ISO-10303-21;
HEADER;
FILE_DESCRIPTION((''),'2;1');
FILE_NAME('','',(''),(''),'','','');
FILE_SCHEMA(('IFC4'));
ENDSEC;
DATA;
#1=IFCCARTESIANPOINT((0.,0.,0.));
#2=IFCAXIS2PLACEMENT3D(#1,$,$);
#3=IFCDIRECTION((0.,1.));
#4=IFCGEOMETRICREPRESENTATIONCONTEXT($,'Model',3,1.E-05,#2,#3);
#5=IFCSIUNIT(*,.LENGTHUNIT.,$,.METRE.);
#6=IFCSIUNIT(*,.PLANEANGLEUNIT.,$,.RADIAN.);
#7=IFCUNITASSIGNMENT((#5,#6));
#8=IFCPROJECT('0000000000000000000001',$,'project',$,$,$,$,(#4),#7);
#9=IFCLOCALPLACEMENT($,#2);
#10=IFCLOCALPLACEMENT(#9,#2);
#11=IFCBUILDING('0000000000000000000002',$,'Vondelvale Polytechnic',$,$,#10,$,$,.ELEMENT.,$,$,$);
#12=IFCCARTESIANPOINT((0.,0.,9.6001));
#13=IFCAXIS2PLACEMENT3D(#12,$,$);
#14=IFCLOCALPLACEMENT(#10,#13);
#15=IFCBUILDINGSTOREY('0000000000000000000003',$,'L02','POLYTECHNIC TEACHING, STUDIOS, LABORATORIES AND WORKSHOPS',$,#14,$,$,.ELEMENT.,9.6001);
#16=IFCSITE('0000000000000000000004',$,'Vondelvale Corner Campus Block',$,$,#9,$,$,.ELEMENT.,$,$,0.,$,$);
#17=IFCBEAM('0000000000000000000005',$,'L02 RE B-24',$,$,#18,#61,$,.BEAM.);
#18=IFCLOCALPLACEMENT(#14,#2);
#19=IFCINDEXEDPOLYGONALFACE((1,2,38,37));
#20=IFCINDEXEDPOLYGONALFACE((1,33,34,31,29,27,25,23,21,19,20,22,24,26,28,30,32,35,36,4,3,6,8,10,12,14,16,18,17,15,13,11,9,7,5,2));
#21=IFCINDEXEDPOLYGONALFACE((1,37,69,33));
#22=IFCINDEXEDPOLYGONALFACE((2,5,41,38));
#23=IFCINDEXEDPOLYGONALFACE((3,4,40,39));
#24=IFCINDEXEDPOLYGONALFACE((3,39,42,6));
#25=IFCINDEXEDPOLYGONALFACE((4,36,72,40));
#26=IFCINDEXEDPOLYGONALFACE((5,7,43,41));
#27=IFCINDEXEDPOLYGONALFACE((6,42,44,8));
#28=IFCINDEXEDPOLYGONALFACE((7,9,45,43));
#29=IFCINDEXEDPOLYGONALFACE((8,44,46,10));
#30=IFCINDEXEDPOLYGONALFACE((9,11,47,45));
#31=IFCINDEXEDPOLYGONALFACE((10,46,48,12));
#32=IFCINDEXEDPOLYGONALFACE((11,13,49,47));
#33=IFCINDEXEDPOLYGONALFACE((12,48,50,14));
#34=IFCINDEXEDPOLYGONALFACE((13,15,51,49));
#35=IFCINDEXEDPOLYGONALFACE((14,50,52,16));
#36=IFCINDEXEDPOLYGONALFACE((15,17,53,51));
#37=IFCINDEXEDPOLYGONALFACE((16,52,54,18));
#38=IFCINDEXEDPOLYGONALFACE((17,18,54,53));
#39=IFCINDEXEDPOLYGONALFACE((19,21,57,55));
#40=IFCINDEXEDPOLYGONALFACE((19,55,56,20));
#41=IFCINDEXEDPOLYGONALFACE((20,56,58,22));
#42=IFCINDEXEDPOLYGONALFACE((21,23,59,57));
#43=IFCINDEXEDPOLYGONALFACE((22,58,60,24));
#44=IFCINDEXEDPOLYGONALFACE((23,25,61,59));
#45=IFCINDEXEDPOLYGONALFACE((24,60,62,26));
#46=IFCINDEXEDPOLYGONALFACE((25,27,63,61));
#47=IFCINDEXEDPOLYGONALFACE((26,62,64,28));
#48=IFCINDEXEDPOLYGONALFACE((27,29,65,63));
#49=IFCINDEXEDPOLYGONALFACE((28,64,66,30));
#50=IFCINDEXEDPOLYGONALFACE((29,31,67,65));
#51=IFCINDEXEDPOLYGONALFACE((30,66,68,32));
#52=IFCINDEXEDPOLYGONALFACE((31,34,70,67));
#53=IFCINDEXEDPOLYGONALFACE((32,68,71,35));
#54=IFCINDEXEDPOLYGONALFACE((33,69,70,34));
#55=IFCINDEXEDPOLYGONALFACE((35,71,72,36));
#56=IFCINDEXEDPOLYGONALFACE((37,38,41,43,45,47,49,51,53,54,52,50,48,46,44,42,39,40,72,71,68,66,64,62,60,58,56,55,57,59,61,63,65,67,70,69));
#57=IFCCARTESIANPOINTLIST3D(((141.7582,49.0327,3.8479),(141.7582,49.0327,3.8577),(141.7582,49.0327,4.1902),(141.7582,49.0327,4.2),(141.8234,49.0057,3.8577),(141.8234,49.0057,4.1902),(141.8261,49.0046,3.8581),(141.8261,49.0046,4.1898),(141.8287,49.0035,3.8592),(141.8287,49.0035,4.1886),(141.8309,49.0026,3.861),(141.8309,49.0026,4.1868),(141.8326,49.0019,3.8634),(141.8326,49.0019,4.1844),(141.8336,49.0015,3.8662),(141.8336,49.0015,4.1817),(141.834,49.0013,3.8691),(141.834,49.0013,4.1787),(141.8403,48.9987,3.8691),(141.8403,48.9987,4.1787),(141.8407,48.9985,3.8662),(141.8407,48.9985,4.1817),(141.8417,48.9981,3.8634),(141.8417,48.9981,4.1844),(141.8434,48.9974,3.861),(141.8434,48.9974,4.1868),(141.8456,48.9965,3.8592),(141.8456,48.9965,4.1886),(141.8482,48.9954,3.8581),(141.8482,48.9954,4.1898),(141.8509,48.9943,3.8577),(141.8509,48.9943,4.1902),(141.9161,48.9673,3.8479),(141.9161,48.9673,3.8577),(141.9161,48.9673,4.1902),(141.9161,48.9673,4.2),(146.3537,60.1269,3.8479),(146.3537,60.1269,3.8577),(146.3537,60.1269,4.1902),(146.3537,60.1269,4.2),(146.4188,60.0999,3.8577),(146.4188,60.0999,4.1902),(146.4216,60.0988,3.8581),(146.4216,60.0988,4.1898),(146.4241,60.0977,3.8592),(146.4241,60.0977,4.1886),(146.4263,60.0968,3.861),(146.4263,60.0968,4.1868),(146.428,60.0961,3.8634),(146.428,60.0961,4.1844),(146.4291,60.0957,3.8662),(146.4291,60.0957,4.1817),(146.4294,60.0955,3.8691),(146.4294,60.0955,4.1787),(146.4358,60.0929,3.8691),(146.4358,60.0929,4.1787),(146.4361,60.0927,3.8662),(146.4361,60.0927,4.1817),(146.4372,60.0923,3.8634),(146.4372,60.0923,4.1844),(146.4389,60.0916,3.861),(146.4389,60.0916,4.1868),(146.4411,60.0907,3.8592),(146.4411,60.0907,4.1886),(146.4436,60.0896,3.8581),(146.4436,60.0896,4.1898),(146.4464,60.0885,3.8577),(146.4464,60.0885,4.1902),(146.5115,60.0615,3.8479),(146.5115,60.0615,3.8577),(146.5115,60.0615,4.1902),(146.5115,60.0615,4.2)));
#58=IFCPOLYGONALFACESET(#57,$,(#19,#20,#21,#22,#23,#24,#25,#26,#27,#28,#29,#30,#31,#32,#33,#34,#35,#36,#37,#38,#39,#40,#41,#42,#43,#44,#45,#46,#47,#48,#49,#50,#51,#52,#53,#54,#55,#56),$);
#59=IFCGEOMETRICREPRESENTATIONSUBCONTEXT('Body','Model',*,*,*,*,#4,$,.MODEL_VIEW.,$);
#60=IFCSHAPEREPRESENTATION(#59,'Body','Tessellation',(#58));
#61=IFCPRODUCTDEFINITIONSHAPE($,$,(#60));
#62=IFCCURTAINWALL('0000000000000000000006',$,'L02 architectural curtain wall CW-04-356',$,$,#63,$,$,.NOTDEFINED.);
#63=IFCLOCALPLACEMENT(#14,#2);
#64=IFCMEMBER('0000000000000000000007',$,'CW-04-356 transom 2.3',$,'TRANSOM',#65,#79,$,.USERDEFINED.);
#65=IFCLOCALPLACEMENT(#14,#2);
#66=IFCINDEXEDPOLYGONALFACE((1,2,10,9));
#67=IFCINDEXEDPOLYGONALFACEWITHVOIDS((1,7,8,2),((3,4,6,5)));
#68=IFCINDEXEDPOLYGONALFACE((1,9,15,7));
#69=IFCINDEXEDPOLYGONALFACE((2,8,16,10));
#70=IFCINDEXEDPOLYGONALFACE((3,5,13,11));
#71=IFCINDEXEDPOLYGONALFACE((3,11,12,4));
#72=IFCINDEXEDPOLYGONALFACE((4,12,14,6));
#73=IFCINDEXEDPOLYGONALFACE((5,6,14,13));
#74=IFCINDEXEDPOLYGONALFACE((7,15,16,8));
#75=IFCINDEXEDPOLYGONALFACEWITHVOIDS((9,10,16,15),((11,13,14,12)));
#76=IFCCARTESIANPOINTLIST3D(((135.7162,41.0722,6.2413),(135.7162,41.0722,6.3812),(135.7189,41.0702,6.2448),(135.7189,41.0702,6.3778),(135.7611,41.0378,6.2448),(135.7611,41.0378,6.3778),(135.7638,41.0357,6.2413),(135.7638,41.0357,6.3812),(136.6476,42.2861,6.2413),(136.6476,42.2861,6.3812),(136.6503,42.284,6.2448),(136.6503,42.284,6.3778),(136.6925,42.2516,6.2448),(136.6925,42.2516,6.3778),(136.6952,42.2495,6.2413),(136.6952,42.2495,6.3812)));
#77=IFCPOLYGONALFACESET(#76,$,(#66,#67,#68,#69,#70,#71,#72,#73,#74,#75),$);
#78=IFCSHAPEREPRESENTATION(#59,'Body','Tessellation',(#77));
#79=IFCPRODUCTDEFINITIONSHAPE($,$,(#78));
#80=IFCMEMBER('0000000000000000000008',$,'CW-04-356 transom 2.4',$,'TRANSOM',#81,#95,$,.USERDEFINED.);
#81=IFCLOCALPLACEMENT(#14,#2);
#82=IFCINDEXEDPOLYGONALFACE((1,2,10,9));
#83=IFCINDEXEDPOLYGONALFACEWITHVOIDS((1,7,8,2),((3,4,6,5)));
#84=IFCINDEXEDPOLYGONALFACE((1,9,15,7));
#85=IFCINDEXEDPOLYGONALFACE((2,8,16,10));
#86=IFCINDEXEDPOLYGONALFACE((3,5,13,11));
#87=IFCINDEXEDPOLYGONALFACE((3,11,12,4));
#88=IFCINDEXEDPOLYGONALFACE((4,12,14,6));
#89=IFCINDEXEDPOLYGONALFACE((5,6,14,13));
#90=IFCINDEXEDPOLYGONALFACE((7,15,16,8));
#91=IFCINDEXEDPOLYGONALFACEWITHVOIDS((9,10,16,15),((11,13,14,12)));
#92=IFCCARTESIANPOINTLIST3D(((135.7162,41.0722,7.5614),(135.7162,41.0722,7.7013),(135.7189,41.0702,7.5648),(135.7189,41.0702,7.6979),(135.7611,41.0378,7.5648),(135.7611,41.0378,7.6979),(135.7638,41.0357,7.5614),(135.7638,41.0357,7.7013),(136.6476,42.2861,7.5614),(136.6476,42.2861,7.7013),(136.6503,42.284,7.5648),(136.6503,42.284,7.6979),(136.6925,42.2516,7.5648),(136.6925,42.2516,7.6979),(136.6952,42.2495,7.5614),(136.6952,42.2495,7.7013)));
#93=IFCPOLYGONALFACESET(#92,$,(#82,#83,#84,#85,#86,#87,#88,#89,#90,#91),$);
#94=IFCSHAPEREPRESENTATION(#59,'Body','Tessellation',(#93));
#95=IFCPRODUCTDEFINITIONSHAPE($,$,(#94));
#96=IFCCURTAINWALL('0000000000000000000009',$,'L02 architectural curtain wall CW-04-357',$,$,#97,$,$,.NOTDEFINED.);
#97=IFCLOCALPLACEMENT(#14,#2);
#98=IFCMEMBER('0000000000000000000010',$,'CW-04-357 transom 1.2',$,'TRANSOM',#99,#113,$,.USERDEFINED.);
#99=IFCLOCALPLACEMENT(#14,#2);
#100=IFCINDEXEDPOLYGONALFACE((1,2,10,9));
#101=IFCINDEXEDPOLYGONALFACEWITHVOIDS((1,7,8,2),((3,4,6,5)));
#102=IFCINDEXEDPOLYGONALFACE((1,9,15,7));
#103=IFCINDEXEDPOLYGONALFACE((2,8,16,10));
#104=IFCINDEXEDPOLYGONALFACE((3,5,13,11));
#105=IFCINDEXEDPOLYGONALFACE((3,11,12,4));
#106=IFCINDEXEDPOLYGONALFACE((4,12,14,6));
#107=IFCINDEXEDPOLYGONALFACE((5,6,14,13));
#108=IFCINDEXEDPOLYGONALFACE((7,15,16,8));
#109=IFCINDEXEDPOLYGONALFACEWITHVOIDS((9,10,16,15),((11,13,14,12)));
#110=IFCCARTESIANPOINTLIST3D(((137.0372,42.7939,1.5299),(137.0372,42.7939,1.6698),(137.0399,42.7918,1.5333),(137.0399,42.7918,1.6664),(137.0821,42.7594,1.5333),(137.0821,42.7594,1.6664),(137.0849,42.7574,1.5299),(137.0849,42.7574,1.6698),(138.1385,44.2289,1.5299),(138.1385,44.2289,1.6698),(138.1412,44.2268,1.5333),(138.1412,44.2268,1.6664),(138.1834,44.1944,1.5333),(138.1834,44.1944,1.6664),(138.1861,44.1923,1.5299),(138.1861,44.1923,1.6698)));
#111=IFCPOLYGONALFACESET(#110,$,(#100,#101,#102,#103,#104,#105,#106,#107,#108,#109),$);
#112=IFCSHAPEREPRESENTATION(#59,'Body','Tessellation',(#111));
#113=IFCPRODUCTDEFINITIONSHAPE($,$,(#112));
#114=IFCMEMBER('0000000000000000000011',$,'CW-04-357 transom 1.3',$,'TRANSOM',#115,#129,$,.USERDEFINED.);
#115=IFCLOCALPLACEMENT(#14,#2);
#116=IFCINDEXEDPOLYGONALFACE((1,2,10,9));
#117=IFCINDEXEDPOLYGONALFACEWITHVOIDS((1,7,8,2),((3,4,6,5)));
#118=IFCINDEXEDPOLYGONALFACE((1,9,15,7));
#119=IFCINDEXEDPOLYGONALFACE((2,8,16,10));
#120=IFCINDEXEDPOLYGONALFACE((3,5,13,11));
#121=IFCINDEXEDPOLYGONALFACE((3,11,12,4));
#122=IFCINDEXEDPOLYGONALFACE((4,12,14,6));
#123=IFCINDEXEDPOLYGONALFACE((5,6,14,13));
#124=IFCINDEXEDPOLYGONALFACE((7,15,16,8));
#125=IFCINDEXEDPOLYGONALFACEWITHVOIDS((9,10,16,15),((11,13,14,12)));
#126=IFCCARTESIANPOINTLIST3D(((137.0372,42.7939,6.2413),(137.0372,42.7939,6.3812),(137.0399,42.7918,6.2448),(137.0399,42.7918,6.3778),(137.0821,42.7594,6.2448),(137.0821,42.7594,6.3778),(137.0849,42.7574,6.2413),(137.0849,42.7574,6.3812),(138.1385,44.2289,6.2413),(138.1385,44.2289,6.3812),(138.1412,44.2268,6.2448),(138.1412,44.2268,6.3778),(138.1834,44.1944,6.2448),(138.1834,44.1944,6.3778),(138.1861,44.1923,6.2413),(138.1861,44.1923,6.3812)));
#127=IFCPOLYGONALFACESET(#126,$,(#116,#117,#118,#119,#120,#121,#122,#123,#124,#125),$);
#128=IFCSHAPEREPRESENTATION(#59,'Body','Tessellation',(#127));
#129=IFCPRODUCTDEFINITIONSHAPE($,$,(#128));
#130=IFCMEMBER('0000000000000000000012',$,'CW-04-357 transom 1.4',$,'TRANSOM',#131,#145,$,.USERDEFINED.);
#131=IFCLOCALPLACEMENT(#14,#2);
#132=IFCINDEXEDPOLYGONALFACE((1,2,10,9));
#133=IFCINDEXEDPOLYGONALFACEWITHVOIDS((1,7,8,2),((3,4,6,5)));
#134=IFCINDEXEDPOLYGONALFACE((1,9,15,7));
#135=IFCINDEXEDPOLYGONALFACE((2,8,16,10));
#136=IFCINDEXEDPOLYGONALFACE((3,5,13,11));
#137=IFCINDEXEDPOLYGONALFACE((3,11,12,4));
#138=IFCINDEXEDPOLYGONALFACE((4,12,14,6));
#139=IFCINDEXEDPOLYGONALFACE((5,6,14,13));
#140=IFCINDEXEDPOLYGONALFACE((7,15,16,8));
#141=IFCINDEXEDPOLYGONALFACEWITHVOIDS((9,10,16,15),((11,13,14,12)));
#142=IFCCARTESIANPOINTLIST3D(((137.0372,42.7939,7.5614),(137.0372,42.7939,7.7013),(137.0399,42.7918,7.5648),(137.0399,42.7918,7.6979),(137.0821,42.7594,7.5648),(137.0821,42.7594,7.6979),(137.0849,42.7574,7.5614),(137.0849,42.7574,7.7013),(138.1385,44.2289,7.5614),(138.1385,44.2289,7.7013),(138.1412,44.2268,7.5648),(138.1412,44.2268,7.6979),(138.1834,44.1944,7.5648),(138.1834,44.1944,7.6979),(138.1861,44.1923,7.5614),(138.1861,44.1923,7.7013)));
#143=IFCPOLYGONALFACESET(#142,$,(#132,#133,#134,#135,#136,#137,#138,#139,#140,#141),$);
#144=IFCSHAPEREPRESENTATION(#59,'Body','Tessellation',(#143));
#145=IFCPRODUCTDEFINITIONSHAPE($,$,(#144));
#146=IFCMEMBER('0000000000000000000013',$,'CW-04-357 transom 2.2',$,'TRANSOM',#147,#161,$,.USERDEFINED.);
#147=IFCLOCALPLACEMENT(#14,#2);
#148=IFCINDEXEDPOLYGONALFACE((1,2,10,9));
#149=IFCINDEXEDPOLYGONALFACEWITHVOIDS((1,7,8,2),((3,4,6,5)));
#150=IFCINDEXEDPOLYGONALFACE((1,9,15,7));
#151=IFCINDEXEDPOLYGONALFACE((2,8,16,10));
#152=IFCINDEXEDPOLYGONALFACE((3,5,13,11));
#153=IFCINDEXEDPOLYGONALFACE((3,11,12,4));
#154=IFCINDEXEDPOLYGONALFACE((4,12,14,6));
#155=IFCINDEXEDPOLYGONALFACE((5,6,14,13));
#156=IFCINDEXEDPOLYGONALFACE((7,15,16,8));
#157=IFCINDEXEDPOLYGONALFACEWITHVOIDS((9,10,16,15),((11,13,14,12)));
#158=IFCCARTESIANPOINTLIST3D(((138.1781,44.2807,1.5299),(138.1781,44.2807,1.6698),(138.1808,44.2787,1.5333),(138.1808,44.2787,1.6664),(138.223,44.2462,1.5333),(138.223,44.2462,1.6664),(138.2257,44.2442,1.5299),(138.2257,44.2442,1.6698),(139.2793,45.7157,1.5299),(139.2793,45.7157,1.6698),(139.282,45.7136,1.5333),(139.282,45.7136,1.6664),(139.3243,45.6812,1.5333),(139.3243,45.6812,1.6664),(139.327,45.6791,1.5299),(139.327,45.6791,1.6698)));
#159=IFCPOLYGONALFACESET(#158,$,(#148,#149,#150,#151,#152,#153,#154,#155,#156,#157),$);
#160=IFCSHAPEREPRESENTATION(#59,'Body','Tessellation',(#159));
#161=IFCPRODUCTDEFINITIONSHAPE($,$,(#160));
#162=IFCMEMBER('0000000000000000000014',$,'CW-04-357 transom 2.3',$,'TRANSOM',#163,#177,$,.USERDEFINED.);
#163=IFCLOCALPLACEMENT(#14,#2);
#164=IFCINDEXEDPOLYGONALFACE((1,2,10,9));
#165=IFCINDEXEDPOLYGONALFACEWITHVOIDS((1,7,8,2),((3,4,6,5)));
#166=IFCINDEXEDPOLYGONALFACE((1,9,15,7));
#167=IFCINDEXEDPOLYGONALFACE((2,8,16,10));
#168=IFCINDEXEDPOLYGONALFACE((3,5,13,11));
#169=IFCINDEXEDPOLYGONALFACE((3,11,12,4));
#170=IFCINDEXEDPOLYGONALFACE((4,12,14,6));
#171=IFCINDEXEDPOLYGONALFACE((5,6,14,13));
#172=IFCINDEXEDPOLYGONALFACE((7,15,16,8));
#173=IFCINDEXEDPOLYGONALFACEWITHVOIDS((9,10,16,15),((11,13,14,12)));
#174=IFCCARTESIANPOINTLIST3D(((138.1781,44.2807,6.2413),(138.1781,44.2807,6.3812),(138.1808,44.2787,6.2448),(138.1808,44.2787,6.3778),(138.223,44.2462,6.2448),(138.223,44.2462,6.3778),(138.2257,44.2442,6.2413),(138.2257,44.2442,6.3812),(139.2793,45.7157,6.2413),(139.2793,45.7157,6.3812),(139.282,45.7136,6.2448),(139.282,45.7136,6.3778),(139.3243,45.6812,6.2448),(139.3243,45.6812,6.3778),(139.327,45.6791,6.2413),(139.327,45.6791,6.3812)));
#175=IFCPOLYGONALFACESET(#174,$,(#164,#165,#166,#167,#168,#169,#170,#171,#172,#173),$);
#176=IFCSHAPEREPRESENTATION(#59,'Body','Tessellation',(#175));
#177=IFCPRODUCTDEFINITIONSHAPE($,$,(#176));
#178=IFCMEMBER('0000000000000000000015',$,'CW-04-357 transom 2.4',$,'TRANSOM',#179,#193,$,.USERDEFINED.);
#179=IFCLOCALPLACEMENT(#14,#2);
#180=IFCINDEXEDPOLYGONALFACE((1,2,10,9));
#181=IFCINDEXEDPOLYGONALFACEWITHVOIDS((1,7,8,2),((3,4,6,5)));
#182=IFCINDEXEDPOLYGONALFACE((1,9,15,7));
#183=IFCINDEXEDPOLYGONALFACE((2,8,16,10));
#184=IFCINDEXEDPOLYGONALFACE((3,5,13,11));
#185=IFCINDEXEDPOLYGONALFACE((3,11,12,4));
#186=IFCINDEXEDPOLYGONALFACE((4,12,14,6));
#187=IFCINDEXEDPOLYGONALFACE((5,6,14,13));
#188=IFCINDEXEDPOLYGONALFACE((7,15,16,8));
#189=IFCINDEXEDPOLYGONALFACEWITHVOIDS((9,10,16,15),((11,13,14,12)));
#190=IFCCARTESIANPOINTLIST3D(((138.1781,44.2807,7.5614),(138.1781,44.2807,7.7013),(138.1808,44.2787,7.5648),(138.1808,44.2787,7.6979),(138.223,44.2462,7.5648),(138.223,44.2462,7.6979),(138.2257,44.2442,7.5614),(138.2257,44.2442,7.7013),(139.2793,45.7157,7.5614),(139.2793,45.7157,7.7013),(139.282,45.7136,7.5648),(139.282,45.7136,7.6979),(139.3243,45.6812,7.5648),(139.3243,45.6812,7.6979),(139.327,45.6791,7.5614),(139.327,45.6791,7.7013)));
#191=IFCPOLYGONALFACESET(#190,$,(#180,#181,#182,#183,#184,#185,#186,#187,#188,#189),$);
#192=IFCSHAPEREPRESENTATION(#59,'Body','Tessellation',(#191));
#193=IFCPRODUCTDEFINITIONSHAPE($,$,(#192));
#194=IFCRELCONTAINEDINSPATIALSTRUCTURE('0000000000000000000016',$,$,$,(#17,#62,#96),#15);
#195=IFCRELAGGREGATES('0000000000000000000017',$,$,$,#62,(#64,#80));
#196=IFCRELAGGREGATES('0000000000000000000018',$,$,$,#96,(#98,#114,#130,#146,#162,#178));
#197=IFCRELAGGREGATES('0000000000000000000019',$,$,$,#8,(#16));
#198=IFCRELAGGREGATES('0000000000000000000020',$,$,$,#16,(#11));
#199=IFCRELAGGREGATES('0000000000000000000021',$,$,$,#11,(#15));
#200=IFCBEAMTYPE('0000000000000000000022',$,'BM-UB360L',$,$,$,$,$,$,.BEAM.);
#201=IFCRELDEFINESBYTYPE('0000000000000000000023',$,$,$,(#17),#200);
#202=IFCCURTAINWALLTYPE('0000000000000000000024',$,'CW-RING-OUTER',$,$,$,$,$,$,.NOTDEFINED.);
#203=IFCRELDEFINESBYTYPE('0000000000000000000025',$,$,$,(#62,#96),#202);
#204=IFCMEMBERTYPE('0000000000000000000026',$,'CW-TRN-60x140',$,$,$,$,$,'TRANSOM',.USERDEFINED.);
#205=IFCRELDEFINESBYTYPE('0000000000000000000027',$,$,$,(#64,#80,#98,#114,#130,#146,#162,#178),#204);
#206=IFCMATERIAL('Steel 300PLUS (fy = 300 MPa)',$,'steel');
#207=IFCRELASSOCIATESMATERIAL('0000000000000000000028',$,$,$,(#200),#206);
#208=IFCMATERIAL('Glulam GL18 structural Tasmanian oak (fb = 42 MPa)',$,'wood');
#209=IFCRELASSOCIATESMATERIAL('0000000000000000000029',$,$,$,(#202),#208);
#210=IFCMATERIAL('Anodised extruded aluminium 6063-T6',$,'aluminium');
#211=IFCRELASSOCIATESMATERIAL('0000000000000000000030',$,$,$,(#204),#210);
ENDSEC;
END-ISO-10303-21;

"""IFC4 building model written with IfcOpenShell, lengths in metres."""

from ifc_helpers import new_model, si_unit, direction, frame, origin, origin_2d, place, context, subcontext, project, spatial, hollow_rectangle, i_section, extrude, material, material_profile, profile_set, type_object, element, aggregate, save


model = new_model("IFC4")

# Units and contexts
model_context = context("Model", 3, precision=1e-05, world=origin(), true_north=direction((0.0, 1.0)))
body_context = subcontext(model_context, "Body", "Model", "MODEL_VIEW")
ifc_project = project(units=[si_unit("LENGTHUNIT", "METRE"), si_unit("PLANEANGLEUNIT", "RADIAN")], contexts=[model_context])

# Site, building, storey
site_placement = place(None, origin())
site = spatial("IfcSite", under=ifc_project, at=site_placement, Name="Vondelvale Corner Campus Block", CompositionType="ELEMENT", RefElevation=0.0)
building_placement = place(site_placement, origin())
building = spatial("IfcBuilding", under=site, at=building_placement, Name="Vondelvale Polytechnic", CompositionType="ELEMENT")
storey_placement = place(building_placement, frame((0.0, 0.0, 9.6001)))
storey = spatial("IfcBuildingStorey", under=building, at=storey_placement, Name="L02", Description="POLYTECHNIC TEACHING, STUDIOS, LABORATORIES AND WORKSHOPS", CompositionType="ELEMENT", Elevation=9.6001)

# Beam
ifc_material_1 = material(Name="Steel 300PLUS (fy = 300 MPa)", Category="steel")
ifc_material_profile_1 = material_profile(ifc_material_1, i_section(OverallWidth=0.1709, OverallDepth=0.3521, WebThickness=0.0068, FlangeThickness=0.0098, FilletRadius=0.0115, at=origin_2d()), Name="360UB44.7")
ifc_profile_set_1 = profile_set([ifc_material_profile_1], Name="Steel 300PLUS (fy = 300 MPa)")
beam_type = type_object("IfcBeamType", Name="BM-UB360L", PredefinedType="BEAM", material=ifc_profile_set_1)
beam_placement = place(storey_placement, frame((141.8372, 49.0, 4.0239), z_axis=(0.382689, 0.923877, 0.0), x_axis=(-0.923877, 0.382689, 0.0)))
element("IfcBeam", 1, at=beam_placement, inside=storey, type_object=beam_type, Name="L02 RE B-24", PredefinedType="BEAM", context=body_context, shape_type="SweptSolid", body=[
    extrude(i_section(OverallWidth=0.1709, OverallDepth=0.3521, WebThickness=0.0068, FlangeThickness=0.0098, FilletRadius=0.0115, at=origin_2d()), origin(), (0.0, 0.0, 1.0), 12.0083),
])

# Curtain walls, members
ifc_material_2 = material(Name="Glulam GL18 structural Tasmanian oak (fb = 42 MPa)", Category="wood")
curtain_wall_type = type_object("IfcCurtainWallType", Name="CW-RING-OUTER", PredefinedType="NOTDEFINED", material=ifc_material_2)
curtain_wall_1_placement = place(storey_placement, origin())
curtain_wall_1 = element("IfcCurtainWall", 2, at=curtain_wall_1_placement, inside=storey, type_object=curtain_wall_type, Name="L02 architectural curtain wall CW-04-356", PredefinedType="NOTDEFINED")
ifc_material_3 = material(Name="Anodised extruded aluminium 6063-T6", Category="aluminium")
ifc_material_profile_2 = material_profile(ifc_material_3, hollow_rectangle(XDim=0.0601, YDim=0.1399, WallThickness=0.0034, at=origin_2d()), Name="CW-TRN-140x60")
ifc_profile_set_2 = profile_set([ifc_material_profile_2], Name="Anodised extruded aluminium 6063-T6")
member_type = type_object("IfcMemberType", Name="CW-TRN-60x140", ElementType="TRANSOM", PredefinedType="USERDEFINED", material=ifc_profile_set_2)
member_1_placement = place(storey_placement, frame((135.74, 41.054, 6.3113), z_axis=(0.608746, 0.793365, 0.0), x_axis=(-0.793365, 0.608746, 0.0)))
member_1 = element("IfcMember", 3, at=member_1_placement, type_object=member_type, Name="CW-04-356 transom 2.3", ObjectType="TRANSOM", PredefinedType="USERDEFINED", context=body_context, shape_type="SweptSolid", body=[
    extrude(hollow_rectangle(XDim=0.0601, YDim=0.1399, WallThickness=0.0034, at=origin_2d()), origin(), (0.0, 0.0, 1.0), 1.53),
])
member_2_placement = place(storey_placement, frame((135.74, 41.054, 7.6313), z_axis=(0.608746, 0.793365, 0.0), x_axis=(-0.793365, 0.608746, 0.0)))
member_2 = element("IfcMember", 4, at=member_2_placement, type_object=member_type, Name="CW-04-356 transom 2.4", ObjectType="TRANSOM", PredefinedType="USERDEFINED", context=body_context, shape_type="SweptSolid", body=[
    extrude(hollow_rectangle(XDim=0.0601, YDim=0.1399, WallThickness=0.0034, at=origin_2d()), origin(), (0.0, 0.0, 1.0), 1.53),
])
curtain_wall_2_placement = place(storey_placement, origin())
curtain_wall_2 = element("IfcCurtainWall", 5, at=curtain_wall_2_placement, inside=storey, type_object=curtain_wall_type, Name="L02 architectural curtain wall CW-04-357", PredefinedType="NOTDEFINED")
member_3_placement = place(storey_placement, frame((137.061, 42.7756, 1.5999), z_axis=(0.608817, 0.793311, 0.0), x_axis=(-0.793311, 0.608817, 0.0)))
member_3 = element("IfcMember", 6, at=member_3_placement, type_object=member_type, Name="CW-04-357 transom 1.2", ObjectType="TRANSOM", PredefinedType="USERDEFINED", context=body_context, shape_type="SweptSolid", body=[
    extrude(hollow_rectangle(XDim=0.0601, YDim=0.1399, WallThickness=0.0034, at=origin_2d()), origin(), (0.0, 0.0, 1.0), 1.8088),
])
member_4_placement = place(storey_placement, frame((137.061, 42.7756, 6.3113), z_axis=(0.608817, 0.793311, 0.0), x_axis=(-0.793311, 0.608817, 0.0)))
member_4 = element("IfcMember", 7, at=member_4_placement, type_object=member_type, Name="CW-04-357 transom 1.3", ObjectType="TRANSOM", PredefinedType="USERDEFINED", context=body_context, shape_type="SweptSolid", body=[
    extrude(hollow_rectangle(XDim=0.0601, YDim=0.1399, WallThickness=0.0034, at=origin_2d()), origin(), (0.0, 0.0, 1.0), 1.8088),
])
member_5_placement = place(storey_placement, frame((137.061, 42.7756, 7.6313), z_axis=(0.608817, 0.793311, 0.0), x_axis=(-0.793311, 0.608817, 0.0)))
member_5 = element("IfcMember", 8, at=member_5_placement, type_object=member_type, Name="CW-04-357 transom 1.4", ObjectType="TRANSOM", PredefinedType="USERDEFINED", context=body_context, shape_type="SweptSolid", body=[
    extrude(hollow_rectangle(XDim=0.0601, YDim=0.1399, WallThickness=0.0034, at=origin_2d()), origin(), (0.0, 0.0, 1.0), 1.8088),
])
member_6_placement = place(storey_placement, frame((138.2019, 44.2625, 1.5999), z_axis=(0.608817, 0.793311, 0.0), x_axis=(-0.793311, 0.608817, 0.0)))
member_6 = element("IfcMember", 9, at=member_6_placement, type_object=member_type, Name="CW-04-357 transom 2.2", ObjectType="TRANSOM", PredefinedType="USERDEFINED", context=body_context, shape_type="SweptSolid", body=[
    extrude(hollow_rectangle(XDim=0.0601, YDim=0.1399, WallThickness=0.0034, at=origin_2d()), origin(), (0.0, 0.0, 1.0), 1.8088),
])
member_7_placement = place(storey_placement, frame((138.2019, 44.2625, 6.3113), z_axis=(0.608817, 0.793311, 0.0), x_axis=(-0.793311, 0.608817, 0.0)))
member_7 = element("IfcMember", 10, at=member_7_placement, type_object=member_type, Name="CW-04-357 transom 2.3", ObjectType="TRANSOM", PredefinedType="USERDEFINED", context=body_context, shape_type="SweptSolid", body=[
    extrude(hollow_rectangle(XDim=0.0601, YDim=0.1399, WallThickness=0.0034, at=origin_2d()), origin(), (0.0, 0.0, 1.0), 1.8088),
])
member_8_placement = place(storey_placement, frame((138.2019, 44.2625, 7.6313), z_axis=(0.608817, 0.793311, 0.0), x_axis=(-0.793311, 0.608817, 0.0)))
member_8 = element("IfcMember", 11, at=member_8_placement, type_object=member_type, Name="CW-04-357 transom 2.4", ObjectType="TRANSOM", PredefinedType="USERDEFINED", context=body_context, shape_type="SweptSolid", body=[
    extrude(hollow_rectangle(XDim=0.0601, YDim=0.1399, WallThickness=0.0034, at=origin_2d()), origin(), (0.0, 0.0, 1.0), 1.8088),
])

aggregate(curtain_wall_1, [member_1, member_2])
aggregate(curtain_wall_2, [member_3, member_4, member_5, member_6, member_7, member_8])

save(model, "model.ifc")
